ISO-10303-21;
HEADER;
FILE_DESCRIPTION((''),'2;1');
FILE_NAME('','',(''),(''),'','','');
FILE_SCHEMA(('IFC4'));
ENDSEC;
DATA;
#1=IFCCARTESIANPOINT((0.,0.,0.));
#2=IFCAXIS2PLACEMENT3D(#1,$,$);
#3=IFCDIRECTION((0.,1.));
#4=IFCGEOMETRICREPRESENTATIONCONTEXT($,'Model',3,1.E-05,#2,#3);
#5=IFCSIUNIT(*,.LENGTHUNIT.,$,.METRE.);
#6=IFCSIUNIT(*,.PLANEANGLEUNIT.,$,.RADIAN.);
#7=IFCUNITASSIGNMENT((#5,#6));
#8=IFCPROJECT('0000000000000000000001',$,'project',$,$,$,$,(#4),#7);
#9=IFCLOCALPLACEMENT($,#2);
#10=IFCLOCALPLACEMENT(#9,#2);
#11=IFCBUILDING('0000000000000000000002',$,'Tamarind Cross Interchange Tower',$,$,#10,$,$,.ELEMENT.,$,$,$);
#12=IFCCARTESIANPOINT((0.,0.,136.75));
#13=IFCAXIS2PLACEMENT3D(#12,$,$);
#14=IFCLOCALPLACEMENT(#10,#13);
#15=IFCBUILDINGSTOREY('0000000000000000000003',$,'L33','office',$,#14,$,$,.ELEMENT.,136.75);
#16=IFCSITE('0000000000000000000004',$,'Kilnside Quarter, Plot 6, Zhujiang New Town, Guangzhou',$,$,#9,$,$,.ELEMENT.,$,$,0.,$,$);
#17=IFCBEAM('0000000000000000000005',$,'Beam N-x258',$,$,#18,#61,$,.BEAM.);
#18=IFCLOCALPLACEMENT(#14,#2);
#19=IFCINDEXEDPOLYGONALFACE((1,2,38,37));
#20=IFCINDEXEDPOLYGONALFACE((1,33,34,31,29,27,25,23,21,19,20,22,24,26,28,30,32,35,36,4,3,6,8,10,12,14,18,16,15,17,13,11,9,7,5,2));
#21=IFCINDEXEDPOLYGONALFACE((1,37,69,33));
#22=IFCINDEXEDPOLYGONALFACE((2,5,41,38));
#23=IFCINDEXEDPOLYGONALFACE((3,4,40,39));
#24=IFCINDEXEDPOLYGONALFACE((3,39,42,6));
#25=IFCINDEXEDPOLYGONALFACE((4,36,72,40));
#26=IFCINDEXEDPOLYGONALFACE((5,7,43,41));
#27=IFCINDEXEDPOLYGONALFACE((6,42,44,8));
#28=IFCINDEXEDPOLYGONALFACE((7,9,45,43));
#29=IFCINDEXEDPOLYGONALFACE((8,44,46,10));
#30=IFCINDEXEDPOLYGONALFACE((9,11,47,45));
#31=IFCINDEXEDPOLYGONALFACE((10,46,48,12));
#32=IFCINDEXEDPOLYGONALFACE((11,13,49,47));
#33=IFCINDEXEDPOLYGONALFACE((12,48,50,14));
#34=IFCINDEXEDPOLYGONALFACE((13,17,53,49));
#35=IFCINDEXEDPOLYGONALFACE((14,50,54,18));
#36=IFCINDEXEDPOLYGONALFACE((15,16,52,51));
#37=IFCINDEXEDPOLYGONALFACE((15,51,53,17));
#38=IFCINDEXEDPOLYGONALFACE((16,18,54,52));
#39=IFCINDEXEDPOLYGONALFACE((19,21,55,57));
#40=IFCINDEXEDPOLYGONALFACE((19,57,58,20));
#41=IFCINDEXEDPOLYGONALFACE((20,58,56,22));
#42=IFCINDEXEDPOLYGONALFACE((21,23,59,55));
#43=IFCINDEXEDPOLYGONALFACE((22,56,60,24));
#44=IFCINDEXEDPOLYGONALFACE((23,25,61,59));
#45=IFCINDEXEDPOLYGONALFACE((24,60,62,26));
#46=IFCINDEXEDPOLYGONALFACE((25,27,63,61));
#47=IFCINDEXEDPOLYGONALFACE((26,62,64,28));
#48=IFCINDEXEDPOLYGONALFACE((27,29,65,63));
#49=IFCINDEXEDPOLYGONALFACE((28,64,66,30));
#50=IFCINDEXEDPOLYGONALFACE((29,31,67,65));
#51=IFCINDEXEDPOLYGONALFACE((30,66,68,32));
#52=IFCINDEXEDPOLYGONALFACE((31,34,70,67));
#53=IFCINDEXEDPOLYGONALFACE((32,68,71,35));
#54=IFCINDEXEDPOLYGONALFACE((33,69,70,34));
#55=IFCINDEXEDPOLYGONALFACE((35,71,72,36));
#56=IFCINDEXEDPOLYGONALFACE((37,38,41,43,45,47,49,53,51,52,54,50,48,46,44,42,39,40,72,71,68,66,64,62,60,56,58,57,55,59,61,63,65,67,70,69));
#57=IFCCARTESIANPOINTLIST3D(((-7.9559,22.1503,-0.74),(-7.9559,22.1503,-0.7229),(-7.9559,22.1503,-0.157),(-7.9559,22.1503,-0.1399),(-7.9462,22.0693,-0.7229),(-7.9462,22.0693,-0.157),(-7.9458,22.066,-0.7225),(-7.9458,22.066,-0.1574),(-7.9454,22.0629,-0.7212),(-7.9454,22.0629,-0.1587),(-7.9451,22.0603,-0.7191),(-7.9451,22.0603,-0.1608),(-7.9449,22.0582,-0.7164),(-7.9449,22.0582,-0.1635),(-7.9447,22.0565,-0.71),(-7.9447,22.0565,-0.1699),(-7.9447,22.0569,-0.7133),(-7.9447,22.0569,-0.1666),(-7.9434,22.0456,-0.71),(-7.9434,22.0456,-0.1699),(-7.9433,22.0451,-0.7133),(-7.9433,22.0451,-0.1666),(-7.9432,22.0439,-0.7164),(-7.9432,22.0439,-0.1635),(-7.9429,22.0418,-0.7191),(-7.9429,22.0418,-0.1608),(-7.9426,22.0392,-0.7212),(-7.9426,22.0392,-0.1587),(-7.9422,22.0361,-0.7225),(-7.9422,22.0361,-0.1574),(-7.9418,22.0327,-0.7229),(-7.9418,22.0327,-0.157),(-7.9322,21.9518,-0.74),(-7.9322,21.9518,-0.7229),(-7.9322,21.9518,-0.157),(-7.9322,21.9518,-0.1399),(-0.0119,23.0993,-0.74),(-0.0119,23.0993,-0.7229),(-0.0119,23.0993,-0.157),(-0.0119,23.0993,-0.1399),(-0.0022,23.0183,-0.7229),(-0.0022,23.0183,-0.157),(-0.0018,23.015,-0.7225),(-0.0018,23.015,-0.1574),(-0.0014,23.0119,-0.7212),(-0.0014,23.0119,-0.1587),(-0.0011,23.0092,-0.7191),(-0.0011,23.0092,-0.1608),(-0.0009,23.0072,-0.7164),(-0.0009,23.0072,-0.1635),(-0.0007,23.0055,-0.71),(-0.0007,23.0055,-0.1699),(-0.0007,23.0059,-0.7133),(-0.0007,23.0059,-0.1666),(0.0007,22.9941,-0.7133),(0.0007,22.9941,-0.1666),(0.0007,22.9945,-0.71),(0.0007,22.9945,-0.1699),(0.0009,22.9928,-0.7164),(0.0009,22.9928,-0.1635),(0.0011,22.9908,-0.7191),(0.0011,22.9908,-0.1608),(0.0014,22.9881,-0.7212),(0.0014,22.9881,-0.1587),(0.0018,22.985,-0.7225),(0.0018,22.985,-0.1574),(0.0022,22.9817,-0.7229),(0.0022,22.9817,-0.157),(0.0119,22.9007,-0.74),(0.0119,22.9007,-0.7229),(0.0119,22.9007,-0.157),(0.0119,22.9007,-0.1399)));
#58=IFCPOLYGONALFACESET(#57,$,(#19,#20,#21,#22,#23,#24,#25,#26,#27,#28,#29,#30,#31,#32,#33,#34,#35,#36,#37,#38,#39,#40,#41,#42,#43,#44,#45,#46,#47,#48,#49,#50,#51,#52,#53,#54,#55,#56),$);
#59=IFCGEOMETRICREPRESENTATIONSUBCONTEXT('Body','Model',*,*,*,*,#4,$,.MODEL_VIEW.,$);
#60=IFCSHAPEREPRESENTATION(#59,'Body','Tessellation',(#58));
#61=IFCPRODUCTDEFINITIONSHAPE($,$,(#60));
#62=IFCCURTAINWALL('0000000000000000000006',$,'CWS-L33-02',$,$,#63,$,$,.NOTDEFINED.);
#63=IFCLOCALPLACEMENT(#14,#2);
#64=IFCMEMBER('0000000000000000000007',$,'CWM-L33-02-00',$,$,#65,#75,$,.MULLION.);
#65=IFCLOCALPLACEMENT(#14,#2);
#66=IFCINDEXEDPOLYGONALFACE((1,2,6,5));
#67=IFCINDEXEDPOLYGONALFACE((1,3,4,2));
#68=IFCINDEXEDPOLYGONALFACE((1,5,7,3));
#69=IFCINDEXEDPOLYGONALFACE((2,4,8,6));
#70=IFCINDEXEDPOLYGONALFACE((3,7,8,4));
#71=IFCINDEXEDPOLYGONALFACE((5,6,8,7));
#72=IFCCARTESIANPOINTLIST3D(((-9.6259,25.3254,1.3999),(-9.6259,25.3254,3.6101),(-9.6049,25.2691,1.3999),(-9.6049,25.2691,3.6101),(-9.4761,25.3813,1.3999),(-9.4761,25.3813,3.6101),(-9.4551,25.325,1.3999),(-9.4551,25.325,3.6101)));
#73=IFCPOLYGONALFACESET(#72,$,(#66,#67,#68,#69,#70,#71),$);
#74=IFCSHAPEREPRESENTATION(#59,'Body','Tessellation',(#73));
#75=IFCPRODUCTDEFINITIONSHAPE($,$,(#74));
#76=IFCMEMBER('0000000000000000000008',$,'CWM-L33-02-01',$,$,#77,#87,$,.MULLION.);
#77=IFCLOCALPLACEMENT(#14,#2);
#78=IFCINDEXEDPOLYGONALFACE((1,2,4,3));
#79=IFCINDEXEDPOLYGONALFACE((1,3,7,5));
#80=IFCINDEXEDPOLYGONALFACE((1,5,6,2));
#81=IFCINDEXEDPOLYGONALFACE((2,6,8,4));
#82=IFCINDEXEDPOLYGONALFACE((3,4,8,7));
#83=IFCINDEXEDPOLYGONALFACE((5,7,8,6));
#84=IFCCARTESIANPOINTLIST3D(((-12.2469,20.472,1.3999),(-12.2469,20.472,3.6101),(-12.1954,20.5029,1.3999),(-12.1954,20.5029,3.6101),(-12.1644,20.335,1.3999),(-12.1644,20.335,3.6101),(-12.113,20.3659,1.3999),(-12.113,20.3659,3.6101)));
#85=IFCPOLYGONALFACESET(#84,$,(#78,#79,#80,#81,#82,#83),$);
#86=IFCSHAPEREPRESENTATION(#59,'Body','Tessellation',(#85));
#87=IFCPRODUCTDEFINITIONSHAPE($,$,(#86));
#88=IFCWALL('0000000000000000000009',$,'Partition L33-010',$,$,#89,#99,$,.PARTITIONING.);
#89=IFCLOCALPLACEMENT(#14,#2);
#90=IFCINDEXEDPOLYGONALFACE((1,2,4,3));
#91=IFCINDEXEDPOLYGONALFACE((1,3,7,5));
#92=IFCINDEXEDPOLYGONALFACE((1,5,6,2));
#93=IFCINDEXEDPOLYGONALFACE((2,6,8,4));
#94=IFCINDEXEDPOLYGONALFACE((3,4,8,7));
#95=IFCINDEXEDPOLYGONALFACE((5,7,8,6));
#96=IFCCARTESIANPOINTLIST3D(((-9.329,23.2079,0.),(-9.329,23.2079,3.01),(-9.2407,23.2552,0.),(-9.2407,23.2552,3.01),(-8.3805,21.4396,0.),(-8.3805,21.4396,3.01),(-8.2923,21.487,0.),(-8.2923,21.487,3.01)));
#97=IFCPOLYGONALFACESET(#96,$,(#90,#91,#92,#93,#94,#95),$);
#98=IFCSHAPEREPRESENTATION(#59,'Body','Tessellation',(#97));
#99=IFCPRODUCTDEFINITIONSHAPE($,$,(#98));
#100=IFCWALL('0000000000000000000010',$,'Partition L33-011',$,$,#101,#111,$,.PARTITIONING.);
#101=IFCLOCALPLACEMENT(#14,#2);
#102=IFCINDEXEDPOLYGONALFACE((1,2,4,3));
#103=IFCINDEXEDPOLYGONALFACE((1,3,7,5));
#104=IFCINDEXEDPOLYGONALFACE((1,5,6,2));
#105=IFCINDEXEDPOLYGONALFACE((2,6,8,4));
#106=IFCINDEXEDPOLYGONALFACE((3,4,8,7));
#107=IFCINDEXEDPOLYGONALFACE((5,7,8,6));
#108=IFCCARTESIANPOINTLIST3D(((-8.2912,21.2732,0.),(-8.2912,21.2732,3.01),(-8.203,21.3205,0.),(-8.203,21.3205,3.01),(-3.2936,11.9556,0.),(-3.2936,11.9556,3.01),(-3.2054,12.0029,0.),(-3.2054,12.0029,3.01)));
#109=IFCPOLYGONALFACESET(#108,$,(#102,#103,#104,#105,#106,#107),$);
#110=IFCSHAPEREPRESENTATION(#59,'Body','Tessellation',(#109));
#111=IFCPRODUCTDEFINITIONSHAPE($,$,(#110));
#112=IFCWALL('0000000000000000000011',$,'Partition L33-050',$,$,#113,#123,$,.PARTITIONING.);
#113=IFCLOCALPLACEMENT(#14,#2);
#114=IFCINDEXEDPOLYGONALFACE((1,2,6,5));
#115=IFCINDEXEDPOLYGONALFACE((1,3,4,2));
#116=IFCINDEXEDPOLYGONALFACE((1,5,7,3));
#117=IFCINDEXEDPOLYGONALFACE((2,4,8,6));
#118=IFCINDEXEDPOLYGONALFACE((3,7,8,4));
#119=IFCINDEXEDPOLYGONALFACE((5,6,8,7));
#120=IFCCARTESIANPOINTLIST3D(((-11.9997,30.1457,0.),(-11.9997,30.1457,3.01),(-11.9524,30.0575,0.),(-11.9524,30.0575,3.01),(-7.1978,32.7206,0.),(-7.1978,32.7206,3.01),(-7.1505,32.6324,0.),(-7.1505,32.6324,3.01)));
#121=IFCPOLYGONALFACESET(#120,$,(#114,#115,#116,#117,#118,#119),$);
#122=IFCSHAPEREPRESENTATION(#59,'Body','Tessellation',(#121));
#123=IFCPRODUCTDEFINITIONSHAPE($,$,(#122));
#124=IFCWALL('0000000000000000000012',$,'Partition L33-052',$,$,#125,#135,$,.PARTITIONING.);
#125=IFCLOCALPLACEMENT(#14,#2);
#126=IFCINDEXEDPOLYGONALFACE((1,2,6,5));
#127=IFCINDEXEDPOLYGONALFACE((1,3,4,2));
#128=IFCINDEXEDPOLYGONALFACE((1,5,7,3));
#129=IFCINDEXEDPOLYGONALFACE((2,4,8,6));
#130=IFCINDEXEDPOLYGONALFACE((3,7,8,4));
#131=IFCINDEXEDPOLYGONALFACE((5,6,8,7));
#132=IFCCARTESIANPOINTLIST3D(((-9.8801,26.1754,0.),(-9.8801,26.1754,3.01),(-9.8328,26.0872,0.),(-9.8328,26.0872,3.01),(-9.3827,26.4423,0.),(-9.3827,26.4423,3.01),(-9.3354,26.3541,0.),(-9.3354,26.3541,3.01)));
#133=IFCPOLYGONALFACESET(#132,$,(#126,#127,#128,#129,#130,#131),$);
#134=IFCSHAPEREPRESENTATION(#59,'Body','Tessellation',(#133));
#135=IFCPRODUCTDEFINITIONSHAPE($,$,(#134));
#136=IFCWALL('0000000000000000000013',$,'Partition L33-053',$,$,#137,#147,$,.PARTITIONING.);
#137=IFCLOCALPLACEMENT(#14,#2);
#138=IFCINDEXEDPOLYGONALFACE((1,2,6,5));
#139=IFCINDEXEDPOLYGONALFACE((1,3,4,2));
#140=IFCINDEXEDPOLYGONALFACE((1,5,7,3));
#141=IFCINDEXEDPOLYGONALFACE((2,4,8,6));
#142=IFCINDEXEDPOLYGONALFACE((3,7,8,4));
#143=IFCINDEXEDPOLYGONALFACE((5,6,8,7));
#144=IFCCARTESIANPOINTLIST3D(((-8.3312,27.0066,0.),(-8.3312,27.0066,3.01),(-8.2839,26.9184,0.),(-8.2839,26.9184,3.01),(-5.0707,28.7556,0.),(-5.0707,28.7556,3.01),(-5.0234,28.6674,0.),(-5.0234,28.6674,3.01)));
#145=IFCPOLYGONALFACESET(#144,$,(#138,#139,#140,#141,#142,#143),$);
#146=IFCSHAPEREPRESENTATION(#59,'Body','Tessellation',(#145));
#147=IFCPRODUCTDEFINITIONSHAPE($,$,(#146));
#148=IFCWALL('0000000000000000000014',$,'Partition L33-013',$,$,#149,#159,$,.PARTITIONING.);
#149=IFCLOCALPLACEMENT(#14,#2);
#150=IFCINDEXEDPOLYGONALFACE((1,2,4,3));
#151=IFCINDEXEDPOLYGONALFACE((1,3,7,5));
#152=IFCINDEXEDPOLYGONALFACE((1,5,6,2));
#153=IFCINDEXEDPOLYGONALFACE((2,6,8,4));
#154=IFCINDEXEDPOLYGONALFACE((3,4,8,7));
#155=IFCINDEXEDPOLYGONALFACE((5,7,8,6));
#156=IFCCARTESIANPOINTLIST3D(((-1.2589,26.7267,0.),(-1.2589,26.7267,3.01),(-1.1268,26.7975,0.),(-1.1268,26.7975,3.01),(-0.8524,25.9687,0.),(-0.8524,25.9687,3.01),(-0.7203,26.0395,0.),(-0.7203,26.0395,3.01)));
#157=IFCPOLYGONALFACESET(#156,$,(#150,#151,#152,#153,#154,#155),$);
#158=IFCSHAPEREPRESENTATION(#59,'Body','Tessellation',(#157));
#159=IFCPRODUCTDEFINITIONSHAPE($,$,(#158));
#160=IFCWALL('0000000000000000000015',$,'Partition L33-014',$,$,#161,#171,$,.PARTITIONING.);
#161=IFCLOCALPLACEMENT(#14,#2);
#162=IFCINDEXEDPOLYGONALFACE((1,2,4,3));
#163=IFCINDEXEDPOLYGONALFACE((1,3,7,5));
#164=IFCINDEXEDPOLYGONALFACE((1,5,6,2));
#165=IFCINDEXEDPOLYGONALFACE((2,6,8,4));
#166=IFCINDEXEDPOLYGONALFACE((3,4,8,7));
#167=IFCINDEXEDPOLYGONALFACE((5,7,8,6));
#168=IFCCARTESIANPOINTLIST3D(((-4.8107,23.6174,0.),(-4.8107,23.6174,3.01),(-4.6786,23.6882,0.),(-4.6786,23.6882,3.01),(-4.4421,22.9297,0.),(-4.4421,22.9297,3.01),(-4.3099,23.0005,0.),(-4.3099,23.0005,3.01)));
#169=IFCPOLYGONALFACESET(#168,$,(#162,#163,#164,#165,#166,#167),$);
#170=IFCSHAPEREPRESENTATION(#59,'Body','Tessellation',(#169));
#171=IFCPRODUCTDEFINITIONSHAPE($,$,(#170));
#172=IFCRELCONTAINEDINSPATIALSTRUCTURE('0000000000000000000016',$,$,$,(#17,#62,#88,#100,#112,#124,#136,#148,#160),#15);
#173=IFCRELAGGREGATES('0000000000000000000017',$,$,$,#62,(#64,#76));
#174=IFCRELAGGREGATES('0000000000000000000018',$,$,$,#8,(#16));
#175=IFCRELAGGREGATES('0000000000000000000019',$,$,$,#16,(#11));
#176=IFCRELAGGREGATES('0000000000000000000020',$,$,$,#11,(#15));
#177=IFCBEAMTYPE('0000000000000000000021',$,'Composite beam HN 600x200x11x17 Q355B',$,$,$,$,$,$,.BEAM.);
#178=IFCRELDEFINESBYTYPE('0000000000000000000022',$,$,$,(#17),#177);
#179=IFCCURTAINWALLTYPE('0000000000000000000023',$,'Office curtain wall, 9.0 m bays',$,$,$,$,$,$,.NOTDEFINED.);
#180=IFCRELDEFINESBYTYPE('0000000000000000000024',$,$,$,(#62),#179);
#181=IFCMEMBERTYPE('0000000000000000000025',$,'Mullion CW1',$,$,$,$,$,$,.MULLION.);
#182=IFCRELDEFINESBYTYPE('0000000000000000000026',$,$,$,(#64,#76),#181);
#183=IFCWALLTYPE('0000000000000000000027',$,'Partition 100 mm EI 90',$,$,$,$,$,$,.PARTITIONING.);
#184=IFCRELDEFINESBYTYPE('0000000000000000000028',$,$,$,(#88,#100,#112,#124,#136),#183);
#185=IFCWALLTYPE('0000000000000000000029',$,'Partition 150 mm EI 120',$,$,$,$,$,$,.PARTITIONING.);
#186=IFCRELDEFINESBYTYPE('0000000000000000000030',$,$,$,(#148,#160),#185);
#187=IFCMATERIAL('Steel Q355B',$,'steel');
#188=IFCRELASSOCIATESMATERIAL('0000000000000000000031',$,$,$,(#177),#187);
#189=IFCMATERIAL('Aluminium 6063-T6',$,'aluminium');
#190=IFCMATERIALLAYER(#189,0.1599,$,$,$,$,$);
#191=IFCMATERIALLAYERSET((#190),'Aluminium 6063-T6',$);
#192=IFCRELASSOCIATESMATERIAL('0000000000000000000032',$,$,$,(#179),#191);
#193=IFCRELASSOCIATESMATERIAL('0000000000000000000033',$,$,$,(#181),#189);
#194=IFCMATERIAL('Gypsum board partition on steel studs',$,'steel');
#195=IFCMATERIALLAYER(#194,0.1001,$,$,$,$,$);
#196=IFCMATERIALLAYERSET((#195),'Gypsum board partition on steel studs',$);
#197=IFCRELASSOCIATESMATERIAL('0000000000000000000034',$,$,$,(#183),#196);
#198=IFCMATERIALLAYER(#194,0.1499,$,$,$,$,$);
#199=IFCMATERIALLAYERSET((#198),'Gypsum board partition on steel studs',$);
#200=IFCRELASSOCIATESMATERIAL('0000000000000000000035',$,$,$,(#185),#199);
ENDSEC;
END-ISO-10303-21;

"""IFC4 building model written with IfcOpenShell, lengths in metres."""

from ifc_helpers import new_model, si_unit, direction, frame, frame_2d, origin, origin_2d, place, context, subcontext, project, spatial, rectangle, i_section, extrude, material, layer, layer_set, material_profile, profile_set, type_object, element, aggregate, save


model = new_model("IFC4")

# Units and contexts
model_context = context("Model", 3, precision=1e-05, world=origin(), true_north=direction((0.0, 1.0)))
body_context = subcontext(model_context, "Body", "Model", "MODEL_VIEW")
ifc_project = project(units=[si_unit("LENGTHUNIT", "METRE"), si_unit("PLANEANGLEUNIT", "RADIAN")], contexts=[model_context])

# Site, building, storey
site_placement = place(None, origin())
site = spatial("IfcSite", under=ifc_project, at=site_placement, Name="Kilnside Quarter, Plot 6, Zhujiang New Town, Guangzhou", CompositionType="ELEMENT", RefElevation=0.0)
building_placement = place(site_placement, origin())
building = spatial("IfcBuilding", under=site, at=building_placement, Name="Tamarind Cross Interchange Tower", CompositionType="ELEMENT")
storey_placement = place(building_placement, frame((0.0, 0.0, 136.75)))
storey = spatial("IfcBuildingStorey", under=building, at=storey_placement, Name="L33", Description="office", CompositionType="ELEMENT", Elevation=136.75)

# Beam
ifc_material_1 = material(Name="Steel Q355B", Category="steel")
ifc_material_profile_1 = material_profile(ifc_material_1, i_section(OverallWidth=0.2, OverallDepth=0.6001, WebThickness=0.011, FlangeThickness=0.0171, FilletRadius=0.0129, at=origin_2d()), Name="HN 600x200x11x17")
ifc_profile_set_1 = profile_set([ifc_material_profile_1], Name="Steel Q355B")
beam_type_1 = type_object("IfcBeamType", Name="Composite beam HN 600x200x11x17 Q355B", PredefinedType="BEAM", material=ifc_profile_set_1)
beam_1_placement = place(storey_placement, frame((0.0, 23.0, -0.4399), z_axis=(-0.992941, -0.118613, 0.0), x_axis=(0.118613, -0.992941, 0.0)))
element("IfcBeam", 1, at=beam_1_placement, inside=storey, type_object=beam_type_1, Name="Beam N-x258", PredefinedType="BEAM", context=body_context, shape_type="SweptSolid", body=[
    extrude(i_section(OverallWidth=0.2, OverallDepth=0.6001, WebThickness=0.011, FlangeThickness=0.0171, FilletRadius=0.0129, at=origin_2d()), origin(), (0.0, 0.0, 1.0), 8.0005),
])

# Curtain wall, members
ifc_material_2 = material(Name="Aluminium 6063-T6", Category="aluminium")
ifc_layer_1 = layer(ifc_material_2, 0.1599)
ifc_layer_set_1 = layer_set([ifc_layer_1], Name="Aluminium 6063-T6")
curtain_wall_type = type_object("IfcCurtainWallType", Name="Office curtain wall, 9.0 m bays", PredefinedType="NOTDEFINED", material=ifc_layer_set_1)
curtain_wall_placement = place(storey_placement, origin())
curtain_wall = element("IfcCurtainWall", 2, at=curtain_wall_placement, inside=storey, type_object=curtain_wall_type, Name="CWS-L33-02", PredefinedType="NOTDEFINED")
ifc_material_profile_2 = material_profile(ifc_material_2, rectangle(XDim=0.0601, YDim=0.1599, at=origin_2d()), Name="Mullion CW1")
ifc_profile_set_2 = profile_set([ifc_material_profile_2], Name="Aluminium 6063-T6")
member_type = type_object("IfcMemberType", Name="Mullion CW1", PredefinedType="MULLION", material=ifc_profile_set_2)
member_1_placement = place(storey_placement, frame((-9.5405, 25.3252, 1.3999), z_axis=(0.0, 0.0, 1.0), x_axis=(0.349771, -0.936835, 0.0)))
member_1 = element("IfcMember", 3, at=member_1_placement, type_object=member_type, Name="CWM-L33-02-00", PredefinedType="MULLION", context=body_context, shape_type="SweptSolid", body=[
    extrude(rectangle(XDim=0.0601, YDim=0.1599, at=origin_2d()), origin(), (0.0, 0.0, 1.0), 2.2102),
])
member_2_placement = place(storey_placement, frame((-12.1799, 20.4189, 1.3999), z_axis=(0.0, 0.0, 1.0), x_axis=(-0.856843, -0.515577, 0.0)))
member_2 = element("IfcMember", 4, at=member_2_placement, type_object=member_type, Name="CWM-L33-02-01", PredefinedType="MULLION", context=body_context, shape_type="SweptSolid", body=[
    extrude(rectangle(XDim=0.0601, YDim=0.1599, at=origin_2d()), origin(), (0.0, 0.0, 1.0), 2.2102),
])
aggregate(curtain_wall, [member_1, member_2])

# Walls
ifc_material_3 = material(Name="Gypsum board partition on steel studs", Category="steel")
ifc_layer_2 = layer(ifc_material_3, 0.1001)
ifc_layer_set_2 = layer_set([ifc_layer_2], Name="Gypsum board partition on steel studs")
wall_type_1 = type_object("IfcWallType", Name="Partition 100 mm EI 90", PredefinedType="PARTITIONING", material=ifc_layer_set_2)
wall_1_placement = place(storey_placement, frame((-9.2849, 23.2317, 0.0), z_axis=(0.0, 0.0, 1.0), x_axis=(0.472677, -0.881236, 0.0)))
element("IfcWall", 5, at=wall_1_placement, inside=storey, type_object=wall_type_1, Name="Partition L33-010", PredefinedType="PARTITIONING", context=body_context, shape_type="SweptSolid", body=[
    extrude(rectangle(XDim=2.0066, YDim=0.1001, at=frame_2d((1.0034, 0.0))), origin(), (0.0, 0.0, 1.0), 3.01),
])
wall_2_placement = place(storey_placement, frame((-8.2471, 21.2969, 0.0), z_axis=(0.0, 0.0, 1.0), x_axis=(0.47266, -0.881245, 0.0)))
element("IfcWall", 6, at=wall_2_placement, inside=storey, type_object=wall_type_1, Name="Partition L33-011", PredefinedType="PARTITIONING", context=body_context, shape_type="SweptSolid", body=[
    extrude(rectangle(XDim=10.5732, YDim=0.1001, at=frame_2d((5.2866, 0.0))), origin(), (0.0, 0.0, 1.0), 3.01),
])
wall_3_placement = place(storey_placement, frame((-11.9761, 30.1016, 0.0), z_axis=(0.0, 0.0, 1.0), x_axis=(0.881293, 0.472571, 0.0)))
element("IfcWall", 7, at=wall_3_placement, inside=storey, type_object=wall_type_1, Name="Partition L33-050", PredefinedType="PARTITIONING", context=body_context, shape_type="SweptSolid", body=[
    extrude(rectangle(XDim=5.4487, YDim=0.1001, at=frame_2d((2.7244, 0.0))), origin(), (0.0, 0.0, 1.0), 3.01),
])
wall_4_placement = place(storey_placement, frame((-9.8564, 26.1313, 0.0), z_axis=(0.0, 0.0, 1.0), x_axis=(0.881165, 0.47281, 0.0)))
element("IfcWall", 8, at=wall_4_placement, inside=storey, type_object=wall_type_1, Name="Partition L33-052", PredefinedType="PARTITIONING", context=body_context, shape_type="SweptSolid", body=[
    extrude(rectangle(XDim=0.5645, YDim=0.1001, at=frame_2d((0.2822, 0.0))), origin(), (0.0, 0.0, 1.0), 3.01),
])
wall_5_placement = place(storey_placement, frame((-8.3076, 26.9624, 0.0), z_axis=(0.0, 0.0, 1.0), x_axis=(0.881218, 0.47271, 0.0)))
element("IfcWall", 9, at=wall_5_placement, inside=storey, type_object=wall_type_1, Name="Partition L33-053", PredefinedType="PARTITIONING", context=body_context, shape_type="SweptSolid", body=[
    extrude(rectangle(XDim=3.7, YDim=0.1001, at=frame_2d((1.8501, 0.0))), origin(), (0.0, 0.0, 1.0), 3.01),
])
ifc_layer_3 = layer(ifc_material_3, 0.1499)
ifc_layer_set_3 = layer_set([ifc_layer_3], Name="Gypsum board partition on steel studs")
wall_type_2 = type_object("IfcWallType", Name="Partition 150 mm EI 120", PredefinedType="PARTITIONING", material=ifc_layer_set_3)
wall_6_placement = place(storey_placement, frame((-1.1929, 26.7622, 0.0), z_axis=(0.0, 0.0, 1.0), x_axis=(0.472576, -0.88129, 0.0)))
element("IfcWall", 10, at=wall_6_placement, inside=storey, type_object=wall_type_2, Name="Partition L33-013", PredefinedType="PARTITIONING", context=body_context, shape_type="SweptSolid", body=[
    extrude(rectangle(XDim=0.8601, YDim=0.1499, at=frame_2d((0.4302, 0.0))), origin(), (0.0, 0.0, 1.0), 3.01),
])
wall_7_placement = place(storey_placement, frame((-4.7446, 23.6528, 0.0), z_axis=(0.0, 0.0, 1.0), x_axis=(0.472438, -0.881364, 0.0)))
element("IfcWall", 11, at=wall_7_placement, inside=storey, type_object=wall_type_2, Name="Partition L33-014", PredefinedType="PARTITIONING", context=body_context, shape_type="SweptSolid", body=[
    extrude(rectangle(XDim=0.7803, YDim=0.1499, at=frame_2d((0.3901, 0.0))), origin(), (0.0, 0.0, 1.0), 3.01),
])

save(model, "model.ifc")
